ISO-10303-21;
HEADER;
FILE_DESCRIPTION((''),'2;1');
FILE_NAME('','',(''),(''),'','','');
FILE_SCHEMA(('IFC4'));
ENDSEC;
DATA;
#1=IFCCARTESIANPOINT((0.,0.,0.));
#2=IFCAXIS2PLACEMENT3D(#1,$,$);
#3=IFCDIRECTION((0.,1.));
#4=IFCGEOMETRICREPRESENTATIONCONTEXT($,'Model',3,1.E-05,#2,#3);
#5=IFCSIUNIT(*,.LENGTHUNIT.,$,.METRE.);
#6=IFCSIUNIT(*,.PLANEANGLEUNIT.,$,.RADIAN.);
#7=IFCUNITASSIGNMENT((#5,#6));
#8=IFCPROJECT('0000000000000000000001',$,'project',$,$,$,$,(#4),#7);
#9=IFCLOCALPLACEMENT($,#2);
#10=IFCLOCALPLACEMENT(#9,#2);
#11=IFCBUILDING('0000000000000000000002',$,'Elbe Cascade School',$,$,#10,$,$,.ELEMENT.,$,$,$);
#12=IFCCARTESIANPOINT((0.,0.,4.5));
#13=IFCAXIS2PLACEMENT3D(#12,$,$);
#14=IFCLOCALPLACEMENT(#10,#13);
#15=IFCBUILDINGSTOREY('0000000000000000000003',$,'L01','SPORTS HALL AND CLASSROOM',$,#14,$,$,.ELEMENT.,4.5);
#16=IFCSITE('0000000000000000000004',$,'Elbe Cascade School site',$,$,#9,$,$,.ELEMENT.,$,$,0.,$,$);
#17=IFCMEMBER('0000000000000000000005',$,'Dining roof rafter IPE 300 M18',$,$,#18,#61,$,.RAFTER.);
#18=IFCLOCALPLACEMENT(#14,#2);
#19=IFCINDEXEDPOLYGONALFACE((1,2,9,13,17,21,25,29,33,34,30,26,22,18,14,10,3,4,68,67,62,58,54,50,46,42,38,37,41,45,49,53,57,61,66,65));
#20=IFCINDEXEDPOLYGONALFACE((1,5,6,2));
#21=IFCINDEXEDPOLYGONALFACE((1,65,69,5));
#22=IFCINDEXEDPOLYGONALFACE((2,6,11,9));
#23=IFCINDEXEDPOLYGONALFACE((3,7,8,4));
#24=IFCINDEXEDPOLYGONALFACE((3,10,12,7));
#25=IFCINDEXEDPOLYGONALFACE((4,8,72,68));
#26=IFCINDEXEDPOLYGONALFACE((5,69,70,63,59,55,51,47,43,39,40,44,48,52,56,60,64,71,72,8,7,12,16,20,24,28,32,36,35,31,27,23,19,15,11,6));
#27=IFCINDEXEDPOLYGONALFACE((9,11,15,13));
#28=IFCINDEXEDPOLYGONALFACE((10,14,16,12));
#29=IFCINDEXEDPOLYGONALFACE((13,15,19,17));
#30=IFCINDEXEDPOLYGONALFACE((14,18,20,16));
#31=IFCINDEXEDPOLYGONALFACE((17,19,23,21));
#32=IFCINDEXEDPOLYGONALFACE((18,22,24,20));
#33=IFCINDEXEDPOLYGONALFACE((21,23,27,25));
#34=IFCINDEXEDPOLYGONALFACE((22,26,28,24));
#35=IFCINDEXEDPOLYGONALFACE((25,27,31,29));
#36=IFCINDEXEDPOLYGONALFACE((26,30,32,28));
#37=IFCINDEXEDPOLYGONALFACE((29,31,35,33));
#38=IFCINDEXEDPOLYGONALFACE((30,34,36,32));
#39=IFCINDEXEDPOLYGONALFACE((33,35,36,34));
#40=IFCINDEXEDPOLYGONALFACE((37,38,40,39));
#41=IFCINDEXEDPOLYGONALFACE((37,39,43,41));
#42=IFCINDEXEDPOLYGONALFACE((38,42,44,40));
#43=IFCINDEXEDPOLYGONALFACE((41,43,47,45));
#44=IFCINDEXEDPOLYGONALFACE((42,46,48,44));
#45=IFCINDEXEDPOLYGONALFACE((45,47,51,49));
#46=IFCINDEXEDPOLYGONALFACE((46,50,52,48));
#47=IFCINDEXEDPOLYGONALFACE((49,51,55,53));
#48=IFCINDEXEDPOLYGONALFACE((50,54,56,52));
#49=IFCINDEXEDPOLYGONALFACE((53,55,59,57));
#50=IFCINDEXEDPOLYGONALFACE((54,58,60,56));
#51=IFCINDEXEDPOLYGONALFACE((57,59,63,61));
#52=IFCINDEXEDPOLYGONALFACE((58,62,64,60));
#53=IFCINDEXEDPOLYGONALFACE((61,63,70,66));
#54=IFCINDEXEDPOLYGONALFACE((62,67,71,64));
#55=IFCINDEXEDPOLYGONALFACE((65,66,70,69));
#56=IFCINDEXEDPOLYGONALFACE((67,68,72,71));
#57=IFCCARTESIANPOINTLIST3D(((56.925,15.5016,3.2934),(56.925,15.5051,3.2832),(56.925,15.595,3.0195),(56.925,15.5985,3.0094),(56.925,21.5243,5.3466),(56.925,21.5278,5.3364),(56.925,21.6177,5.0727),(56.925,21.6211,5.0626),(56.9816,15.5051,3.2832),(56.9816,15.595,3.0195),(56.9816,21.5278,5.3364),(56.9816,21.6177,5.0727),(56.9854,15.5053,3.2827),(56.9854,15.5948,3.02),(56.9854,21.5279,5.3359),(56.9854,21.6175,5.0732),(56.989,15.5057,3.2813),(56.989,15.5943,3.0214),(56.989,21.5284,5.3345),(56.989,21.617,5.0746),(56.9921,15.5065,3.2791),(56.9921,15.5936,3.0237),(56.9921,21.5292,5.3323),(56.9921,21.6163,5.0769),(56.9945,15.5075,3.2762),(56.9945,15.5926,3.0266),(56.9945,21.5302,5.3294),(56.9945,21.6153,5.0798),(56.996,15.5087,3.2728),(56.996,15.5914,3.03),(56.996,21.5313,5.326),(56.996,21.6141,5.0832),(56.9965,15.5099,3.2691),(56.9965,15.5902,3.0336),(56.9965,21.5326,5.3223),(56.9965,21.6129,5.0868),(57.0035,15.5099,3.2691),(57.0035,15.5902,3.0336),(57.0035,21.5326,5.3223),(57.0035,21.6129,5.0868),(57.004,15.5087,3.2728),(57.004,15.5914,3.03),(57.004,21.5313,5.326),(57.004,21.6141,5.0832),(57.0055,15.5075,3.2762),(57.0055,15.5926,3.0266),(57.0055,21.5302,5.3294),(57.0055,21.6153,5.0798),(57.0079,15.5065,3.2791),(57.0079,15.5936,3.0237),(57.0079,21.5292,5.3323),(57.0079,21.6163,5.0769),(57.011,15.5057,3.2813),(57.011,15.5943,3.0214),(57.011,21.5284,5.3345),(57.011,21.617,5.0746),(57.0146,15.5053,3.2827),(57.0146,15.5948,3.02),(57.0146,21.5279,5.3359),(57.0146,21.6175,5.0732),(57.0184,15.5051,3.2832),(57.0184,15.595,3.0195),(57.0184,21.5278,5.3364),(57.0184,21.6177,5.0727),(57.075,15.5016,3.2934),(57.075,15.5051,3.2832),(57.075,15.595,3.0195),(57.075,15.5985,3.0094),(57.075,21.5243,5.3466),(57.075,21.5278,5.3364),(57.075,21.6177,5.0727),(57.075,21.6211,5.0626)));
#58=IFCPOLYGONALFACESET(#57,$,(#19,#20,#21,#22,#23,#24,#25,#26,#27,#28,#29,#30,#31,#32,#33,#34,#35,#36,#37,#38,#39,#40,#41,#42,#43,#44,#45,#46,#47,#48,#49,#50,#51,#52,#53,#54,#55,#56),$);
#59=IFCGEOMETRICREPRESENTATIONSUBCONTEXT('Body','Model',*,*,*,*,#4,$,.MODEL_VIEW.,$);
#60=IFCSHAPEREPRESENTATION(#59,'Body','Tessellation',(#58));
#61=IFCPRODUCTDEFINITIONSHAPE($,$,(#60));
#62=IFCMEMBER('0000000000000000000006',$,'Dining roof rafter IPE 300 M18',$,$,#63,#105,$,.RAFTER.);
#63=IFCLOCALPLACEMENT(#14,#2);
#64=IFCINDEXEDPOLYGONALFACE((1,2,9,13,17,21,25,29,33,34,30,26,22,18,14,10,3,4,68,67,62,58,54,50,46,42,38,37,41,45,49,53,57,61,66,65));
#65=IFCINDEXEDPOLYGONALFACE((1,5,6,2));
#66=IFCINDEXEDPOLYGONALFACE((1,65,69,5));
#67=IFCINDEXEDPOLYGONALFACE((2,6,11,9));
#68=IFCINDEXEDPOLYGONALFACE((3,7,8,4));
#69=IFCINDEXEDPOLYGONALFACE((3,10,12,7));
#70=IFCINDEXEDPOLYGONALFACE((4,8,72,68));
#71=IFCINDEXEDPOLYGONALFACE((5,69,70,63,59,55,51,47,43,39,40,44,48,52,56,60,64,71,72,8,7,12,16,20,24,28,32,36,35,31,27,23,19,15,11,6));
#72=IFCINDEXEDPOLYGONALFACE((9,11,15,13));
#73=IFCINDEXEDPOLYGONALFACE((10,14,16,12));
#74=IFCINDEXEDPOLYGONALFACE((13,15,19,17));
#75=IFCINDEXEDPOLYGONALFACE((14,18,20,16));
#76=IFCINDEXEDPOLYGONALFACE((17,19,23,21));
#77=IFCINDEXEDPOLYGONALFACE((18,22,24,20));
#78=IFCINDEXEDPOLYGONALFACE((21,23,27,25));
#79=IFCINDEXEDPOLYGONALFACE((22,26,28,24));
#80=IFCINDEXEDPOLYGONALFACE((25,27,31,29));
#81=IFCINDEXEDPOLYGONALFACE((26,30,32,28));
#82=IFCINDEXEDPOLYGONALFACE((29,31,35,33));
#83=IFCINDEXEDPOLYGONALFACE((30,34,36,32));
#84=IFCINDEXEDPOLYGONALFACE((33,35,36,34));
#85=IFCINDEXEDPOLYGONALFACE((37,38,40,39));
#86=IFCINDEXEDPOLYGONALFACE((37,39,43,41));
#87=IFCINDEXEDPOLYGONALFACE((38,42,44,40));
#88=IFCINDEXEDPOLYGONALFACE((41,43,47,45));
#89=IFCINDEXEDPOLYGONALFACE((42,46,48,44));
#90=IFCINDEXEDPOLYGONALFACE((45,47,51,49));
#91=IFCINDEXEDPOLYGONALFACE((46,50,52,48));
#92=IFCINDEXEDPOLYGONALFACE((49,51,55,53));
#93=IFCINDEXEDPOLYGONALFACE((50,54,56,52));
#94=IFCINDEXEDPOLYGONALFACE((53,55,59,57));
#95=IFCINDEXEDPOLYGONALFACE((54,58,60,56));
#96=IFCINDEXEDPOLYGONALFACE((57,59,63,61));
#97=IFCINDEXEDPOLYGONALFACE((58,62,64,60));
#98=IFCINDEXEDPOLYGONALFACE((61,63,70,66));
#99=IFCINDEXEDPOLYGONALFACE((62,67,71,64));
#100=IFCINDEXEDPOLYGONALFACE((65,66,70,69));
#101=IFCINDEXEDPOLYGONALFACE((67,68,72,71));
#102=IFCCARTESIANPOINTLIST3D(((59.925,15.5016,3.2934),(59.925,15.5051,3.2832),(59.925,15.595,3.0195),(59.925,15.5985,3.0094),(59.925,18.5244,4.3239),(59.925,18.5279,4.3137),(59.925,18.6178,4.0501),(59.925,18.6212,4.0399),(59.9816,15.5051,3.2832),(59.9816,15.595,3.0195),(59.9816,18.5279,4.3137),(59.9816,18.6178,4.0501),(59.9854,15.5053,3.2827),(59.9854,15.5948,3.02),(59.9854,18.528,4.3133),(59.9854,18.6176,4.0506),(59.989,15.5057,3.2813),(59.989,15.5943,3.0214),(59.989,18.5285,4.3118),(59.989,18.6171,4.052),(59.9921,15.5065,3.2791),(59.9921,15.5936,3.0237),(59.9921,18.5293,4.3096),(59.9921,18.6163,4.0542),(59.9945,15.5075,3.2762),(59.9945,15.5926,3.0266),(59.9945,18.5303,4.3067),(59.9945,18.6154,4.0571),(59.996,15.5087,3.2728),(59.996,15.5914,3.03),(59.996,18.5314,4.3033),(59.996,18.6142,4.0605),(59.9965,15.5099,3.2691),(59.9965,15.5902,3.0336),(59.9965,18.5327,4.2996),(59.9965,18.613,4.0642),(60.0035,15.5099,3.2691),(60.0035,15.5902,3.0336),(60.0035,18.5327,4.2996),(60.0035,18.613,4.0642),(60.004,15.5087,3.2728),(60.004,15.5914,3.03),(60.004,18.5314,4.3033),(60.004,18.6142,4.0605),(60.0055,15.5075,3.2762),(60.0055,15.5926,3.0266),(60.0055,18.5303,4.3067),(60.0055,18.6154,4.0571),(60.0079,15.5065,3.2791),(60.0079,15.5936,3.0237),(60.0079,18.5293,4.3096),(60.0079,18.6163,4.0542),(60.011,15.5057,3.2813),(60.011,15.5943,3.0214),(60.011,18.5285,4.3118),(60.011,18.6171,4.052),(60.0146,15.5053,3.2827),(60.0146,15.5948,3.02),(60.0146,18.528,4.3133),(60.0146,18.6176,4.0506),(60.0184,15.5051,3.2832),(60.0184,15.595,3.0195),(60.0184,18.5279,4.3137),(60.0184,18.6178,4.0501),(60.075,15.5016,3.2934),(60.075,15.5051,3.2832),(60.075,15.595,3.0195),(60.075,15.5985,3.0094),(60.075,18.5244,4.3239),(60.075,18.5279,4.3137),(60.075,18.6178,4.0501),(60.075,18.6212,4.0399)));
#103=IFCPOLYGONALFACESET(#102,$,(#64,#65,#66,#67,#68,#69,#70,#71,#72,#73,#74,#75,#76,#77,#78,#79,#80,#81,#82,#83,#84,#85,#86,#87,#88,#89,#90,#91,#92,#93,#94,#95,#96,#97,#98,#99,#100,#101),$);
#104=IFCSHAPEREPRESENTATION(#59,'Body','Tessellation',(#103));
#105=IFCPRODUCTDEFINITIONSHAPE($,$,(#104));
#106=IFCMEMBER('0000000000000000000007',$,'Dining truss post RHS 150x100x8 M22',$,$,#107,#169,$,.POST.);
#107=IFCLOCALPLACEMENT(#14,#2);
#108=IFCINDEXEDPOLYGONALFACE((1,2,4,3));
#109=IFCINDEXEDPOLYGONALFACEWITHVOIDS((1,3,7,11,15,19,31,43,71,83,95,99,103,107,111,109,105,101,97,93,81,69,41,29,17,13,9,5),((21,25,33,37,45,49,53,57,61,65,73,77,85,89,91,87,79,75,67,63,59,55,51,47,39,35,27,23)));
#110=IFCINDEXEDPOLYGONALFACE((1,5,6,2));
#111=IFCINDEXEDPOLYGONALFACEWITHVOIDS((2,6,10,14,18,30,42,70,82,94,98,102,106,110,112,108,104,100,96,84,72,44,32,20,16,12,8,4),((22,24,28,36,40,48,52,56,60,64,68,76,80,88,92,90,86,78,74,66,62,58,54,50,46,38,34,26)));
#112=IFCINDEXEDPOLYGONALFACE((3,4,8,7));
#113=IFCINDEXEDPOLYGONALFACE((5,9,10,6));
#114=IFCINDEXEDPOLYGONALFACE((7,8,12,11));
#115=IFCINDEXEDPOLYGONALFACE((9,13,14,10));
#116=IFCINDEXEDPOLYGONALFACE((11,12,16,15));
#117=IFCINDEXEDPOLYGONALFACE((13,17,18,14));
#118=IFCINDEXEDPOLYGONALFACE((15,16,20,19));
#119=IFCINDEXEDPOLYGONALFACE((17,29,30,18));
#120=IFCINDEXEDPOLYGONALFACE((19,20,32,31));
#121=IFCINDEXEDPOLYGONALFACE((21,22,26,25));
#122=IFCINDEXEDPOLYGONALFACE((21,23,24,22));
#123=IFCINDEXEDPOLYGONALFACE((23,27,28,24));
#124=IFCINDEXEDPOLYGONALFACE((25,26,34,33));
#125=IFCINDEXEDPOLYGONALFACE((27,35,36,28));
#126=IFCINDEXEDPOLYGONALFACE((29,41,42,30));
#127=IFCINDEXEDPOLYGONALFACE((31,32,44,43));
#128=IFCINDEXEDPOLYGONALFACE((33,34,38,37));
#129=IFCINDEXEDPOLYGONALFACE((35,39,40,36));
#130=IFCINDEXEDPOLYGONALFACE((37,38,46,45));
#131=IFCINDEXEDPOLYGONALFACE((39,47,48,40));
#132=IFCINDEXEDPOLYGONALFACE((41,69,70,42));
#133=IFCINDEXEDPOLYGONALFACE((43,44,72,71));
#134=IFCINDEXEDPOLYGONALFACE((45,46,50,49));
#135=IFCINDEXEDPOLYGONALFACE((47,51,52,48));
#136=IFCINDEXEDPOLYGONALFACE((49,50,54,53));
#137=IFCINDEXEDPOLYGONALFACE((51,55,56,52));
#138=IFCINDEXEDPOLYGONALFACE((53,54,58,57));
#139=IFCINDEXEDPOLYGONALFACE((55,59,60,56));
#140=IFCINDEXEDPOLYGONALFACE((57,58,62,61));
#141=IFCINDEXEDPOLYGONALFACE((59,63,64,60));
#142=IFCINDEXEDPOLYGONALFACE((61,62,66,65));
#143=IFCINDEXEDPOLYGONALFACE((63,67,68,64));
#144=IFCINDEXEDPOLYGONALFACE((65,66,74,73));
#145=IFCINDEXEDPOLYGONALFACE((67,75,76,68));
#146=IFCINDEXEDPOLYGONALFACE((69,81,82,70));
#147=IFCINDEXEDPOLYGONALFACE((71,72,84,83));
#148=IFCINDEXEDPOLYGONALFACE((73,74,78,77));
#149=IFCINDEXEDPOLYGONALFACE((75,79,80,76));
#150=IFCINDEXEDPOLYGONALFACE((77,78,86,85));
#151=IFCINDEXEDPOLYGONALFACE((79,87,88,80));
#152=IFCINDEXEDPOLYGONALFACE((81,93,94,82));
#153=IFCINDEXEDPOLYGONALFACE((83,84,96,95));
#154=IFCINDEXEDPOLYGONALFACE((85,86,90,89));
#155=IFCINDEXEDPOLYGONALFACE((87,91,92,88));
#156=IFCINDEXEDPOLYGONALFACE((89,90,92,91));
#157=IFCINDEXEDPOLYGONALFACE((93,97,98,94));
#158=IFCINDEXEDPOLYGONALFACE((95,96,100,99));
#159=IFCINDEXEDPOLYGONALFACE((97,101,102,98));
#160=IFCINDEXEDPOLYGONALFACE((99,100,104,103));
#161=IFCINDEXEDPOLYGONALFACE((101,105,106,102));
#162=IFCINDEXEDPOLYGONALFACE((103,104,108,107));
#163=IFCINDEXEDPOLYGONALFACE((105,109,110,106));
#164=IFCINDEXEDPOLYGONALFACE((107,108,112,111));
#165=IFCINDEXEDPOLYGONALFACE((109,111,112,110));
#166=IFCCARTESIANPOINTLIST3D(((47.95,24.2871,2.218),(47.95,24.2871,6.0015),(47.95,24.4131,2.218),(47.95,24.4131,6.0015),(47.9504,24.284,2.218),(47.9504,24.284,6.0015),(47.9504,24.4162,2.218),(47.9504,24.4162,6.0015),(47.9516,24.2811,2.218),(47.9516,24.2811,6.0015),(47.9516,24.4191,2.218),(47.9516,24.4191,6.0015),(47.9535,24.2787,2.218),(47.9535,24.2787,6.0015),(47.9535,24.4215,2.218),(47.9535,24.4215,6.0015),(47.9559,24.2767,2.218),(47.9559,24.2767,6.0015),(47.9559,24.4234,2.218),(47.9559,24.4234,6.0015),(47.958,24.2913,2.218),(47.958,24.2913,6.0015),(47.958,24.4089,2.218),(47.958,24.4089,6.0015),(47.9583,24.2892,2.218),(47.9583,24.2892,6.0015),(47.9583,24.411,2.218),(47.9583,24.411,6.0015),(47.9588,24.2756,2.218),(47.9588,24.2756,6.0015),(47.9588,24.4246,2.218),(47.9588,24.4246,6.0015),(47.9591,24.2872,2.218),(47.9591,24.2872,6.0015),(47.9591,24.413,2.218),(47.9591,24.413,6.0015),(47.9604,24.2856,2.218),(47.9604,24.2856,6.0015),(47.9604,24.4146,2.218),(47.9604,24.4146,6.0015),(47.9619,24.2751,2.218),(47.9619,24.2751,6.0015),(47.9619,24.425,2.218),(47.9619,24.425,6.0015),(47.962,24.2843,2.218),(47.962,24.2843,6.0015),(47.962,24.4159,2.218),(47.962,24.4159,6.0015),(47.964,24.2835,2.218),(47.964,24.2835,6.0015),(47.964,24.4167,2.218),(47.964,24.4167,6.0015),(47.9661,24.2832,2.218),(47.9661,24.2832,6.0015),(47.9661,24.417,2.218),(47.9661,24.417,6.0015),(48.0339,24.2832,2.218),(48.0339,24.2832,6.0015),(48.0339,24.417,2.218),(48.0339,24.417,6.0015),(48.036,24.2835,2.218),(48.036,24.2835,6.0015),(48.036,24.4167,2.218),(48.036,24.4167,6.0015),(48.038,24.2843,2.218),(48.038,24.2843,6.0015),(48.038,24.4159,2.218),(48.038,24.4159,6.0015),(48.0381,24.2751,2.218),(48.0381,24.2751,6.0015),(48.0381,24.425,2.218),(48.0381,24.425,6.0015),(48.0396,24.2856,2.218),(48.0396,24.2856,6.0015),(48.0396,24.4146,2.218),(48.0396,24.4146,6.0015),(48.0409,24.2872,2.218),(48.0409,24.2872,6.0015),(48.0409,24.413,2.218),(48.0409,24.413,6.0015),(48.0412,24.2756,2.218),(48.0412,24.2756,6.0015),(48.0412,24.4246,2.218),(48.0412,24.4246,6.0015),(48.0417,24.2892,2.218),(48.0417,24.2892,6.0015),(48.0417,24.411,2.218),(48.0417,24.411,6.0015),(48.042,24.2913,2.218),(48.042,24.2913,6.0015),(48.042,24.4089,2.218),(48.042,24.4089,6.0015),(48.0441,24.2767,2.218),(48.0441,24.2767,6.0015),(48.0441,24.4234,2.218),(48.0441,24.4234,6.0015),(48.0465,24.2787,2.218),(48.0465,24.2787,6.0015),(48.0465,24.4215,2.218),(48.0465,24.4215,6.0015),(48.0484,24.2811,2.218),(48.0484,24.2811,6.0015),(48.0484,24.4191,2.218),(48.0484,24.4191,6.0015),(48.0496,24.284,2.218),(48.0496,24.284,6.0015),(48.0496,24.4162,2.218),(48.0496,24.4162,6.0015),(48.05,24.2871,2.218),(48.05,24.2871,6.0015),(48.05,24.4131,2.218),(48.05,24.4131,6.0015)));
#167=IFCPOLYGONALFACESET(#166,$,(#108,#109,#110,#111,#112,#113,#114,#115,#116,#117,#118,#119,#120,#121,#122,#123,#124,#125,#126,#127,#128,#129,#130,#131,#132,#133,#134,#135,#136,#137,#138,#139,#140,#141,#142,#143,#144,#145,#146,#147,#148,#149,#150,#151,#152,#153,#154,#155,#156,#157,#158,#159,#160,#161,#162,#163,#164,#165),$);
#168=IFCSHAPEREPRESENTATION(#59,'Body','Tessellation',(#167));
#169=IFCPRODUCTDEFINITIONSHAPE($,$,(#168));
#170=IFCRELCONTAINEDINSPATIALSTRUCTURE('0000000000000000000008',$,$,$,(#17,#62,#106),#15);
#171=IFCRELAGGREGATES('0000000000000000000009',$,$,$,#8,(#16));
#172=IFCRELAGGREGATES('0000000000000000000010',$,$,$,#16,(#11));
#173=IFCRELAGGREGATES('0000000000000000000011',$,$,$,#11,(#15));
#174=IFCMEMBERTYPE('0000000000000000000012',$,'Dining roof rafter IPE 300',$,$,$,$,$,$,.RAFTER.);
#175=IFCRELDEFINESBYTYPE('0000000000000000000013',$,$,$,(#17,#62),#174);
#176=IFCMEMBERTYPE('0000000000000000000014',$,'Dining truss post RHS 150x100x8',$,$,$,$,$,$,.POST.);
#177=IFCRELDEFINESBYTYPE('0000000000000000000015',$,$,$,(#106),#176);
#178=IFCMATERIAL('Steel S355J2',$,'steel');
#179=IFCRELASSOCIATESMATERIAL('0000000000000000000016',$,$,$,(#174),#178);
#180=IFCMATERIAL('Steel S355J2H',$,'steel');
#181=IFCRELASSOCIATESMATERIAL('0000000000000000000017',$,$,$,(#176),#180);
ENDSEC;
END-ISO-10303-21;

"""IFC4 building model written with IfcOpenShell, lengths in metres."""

from ifc_helpers import new_model, si_unit, direction, frame, origin, origin_2d, place, context, subcontext, project, spatial, hollow_rectangle, i_section, extrude, material, material_profile, profile_set, type_object, element, save


model = new_model("IFC4")

# Units and contexts
model_context = context("Model", 3, precision=1e-05, world=origin(), true_north=direction((0.0, 1.0)))
body_context = subcontext(model_context, "Body", "Model", "MODEL_VIEW")
ifc_project = project(units=[si_unit("LENGTHUNIT", "METRE"), si_unit("PLANEANGLEUNIT", "RADIAN")], contexts=[model_context])

# Site, building, storey
site_placement = place(None, origin())
site = spatial("IfcSite", under=ifc_project, at=site_placement, Name="Elbe Cascade School site", CompositionType="ELEMENT", RefElevation=0.0)
building_placement = place(site_placement, origin())
building = spatial("IfcBuilding", under=site, at=building_placement, Name="Elbe Cascade School", CompositionType="ELEMENT")
storey_placement = place(building_placement, frame((0.0, 0.0, 4.5)))
storey = spatial("IfcBuildingStorey", under=building, at=storey_placement, Name="L01", Description="SPORTS HALL AND CLASSROOM", CompositionType="ELEMENT", Elevation=4.5)

# Members
ifc_material_1 = material(Name="Steel S355J2", Category="steel")
ifc_material_profile_1 = material_profile(ifc_material_1, i_section(OverallWidth=0.1499, OverallDepth=0.3, WebThickness=0.0071, FlangeThickness=0.0107, FilletRadius=0.0149, at=origin_2d()), Name="IPE 300")
ifc_profile_set_1 = profile_set([ifc_material_profile_1], Name="Steel S355J2")
member_type_1 = type_object("IfcMemberType", Name="Dining roof rafter IPE 300", PredefinedType="RAFTER", material=ifc_profile_set_1)
member_1_placement = place(storey_placement, frame((57.0, 15.55, 3.1514), z_axis=(0.0, 0.946509, 0.322678), x_axis=(-1.0, 0.0, 0.0)))
element("IfcMember", 1, at=member_1_placement, inside=storey, type_object=member_type_1, Name="Dining roof rafter IPE 300 M18", PredefinedType="RAFTER", context=body_context, shape_type="SweptSolid", body=[
    extrude(i_section(OverallWidth=0.1499, OverallDepth=0.3, WebThickness=0.0071, FlangeThickness=0.0107, FilletRadius=0.0149, at=origin_2d()), origin(), (0.0, 0.0, 1.0), 6.363),
])
member_2_placement = place(storey_placement, frame((60.0, 15.55, 3.1514), z_axis=(0.0, 0.946505, 0.322688), x_axis=(-1.0, 0.0, 0.0)))
element("IfcMember", 2, at=member_2_placement, inside=storey, type_object=member_type_1, Name="Dining roof rafter IPE 300 M18", PredefinedType="RAFTER", context=body_context, shape_type="SweptSolid", body=[
    extrude(i_section(OverallWidth=0.1499, OverallDepth=0.3, WebThickness=0.0071, FlangeThickness=0.0107, FilletRadius=0.0149, at=origin_2d()), origin(), (0.0, 0.0, 1.0), 3.1936),
])
ifc_material_2 = material(Name="Steel S355J2H", Category="steel")
ifc_material_profile_2 = material_profile(ifc_material_2, hollow_rectangle(XDim=0.1001, YDim=0.1499, WallThickness=0.0081, InnerFilletRadius=0.0081, OuterFilletRadius=0.012, at=origin_2d()), Name="RHS 150x100x8")
ifc_profile_set_2 = profile_set([ifc_material_profile_2], Name="Steel S355J2H")
member_type_2 = type_object("IfcMemberType", Name="Dining truss post RHS 150x100x8", PredefinedType="POST", material=ifc_profile_set_2)
for number, where, z_axis, x_axis, name in (
    (3, (48.0, 24.3501, 2.218), (0.0, 0.0, 1.0), (1.0, 0.0, 0.0), "Dining truss post RHS 150x100x8 M22"),
):
    element("IfcMember", number, at=place(storey_placement, frame(where, z_axis=z_axis, x_axis=x_axis)), inside=storey, type_object=member_type_2, Name=name, PredefinedType="POST", context=body_context, shape_type="SweptSolid", body=[
        extrude(hollow_rectangle(XDim=0.1001, YDim=0.1499, WallThickness=0.0081, InnerFilletRadius=0.0081, OuterFilletRadius=0.012, at=origin_2d()), origin(), (0.0, 0.0, 1.0), 3.7834),
    ])

save(model, "model.ifc")
